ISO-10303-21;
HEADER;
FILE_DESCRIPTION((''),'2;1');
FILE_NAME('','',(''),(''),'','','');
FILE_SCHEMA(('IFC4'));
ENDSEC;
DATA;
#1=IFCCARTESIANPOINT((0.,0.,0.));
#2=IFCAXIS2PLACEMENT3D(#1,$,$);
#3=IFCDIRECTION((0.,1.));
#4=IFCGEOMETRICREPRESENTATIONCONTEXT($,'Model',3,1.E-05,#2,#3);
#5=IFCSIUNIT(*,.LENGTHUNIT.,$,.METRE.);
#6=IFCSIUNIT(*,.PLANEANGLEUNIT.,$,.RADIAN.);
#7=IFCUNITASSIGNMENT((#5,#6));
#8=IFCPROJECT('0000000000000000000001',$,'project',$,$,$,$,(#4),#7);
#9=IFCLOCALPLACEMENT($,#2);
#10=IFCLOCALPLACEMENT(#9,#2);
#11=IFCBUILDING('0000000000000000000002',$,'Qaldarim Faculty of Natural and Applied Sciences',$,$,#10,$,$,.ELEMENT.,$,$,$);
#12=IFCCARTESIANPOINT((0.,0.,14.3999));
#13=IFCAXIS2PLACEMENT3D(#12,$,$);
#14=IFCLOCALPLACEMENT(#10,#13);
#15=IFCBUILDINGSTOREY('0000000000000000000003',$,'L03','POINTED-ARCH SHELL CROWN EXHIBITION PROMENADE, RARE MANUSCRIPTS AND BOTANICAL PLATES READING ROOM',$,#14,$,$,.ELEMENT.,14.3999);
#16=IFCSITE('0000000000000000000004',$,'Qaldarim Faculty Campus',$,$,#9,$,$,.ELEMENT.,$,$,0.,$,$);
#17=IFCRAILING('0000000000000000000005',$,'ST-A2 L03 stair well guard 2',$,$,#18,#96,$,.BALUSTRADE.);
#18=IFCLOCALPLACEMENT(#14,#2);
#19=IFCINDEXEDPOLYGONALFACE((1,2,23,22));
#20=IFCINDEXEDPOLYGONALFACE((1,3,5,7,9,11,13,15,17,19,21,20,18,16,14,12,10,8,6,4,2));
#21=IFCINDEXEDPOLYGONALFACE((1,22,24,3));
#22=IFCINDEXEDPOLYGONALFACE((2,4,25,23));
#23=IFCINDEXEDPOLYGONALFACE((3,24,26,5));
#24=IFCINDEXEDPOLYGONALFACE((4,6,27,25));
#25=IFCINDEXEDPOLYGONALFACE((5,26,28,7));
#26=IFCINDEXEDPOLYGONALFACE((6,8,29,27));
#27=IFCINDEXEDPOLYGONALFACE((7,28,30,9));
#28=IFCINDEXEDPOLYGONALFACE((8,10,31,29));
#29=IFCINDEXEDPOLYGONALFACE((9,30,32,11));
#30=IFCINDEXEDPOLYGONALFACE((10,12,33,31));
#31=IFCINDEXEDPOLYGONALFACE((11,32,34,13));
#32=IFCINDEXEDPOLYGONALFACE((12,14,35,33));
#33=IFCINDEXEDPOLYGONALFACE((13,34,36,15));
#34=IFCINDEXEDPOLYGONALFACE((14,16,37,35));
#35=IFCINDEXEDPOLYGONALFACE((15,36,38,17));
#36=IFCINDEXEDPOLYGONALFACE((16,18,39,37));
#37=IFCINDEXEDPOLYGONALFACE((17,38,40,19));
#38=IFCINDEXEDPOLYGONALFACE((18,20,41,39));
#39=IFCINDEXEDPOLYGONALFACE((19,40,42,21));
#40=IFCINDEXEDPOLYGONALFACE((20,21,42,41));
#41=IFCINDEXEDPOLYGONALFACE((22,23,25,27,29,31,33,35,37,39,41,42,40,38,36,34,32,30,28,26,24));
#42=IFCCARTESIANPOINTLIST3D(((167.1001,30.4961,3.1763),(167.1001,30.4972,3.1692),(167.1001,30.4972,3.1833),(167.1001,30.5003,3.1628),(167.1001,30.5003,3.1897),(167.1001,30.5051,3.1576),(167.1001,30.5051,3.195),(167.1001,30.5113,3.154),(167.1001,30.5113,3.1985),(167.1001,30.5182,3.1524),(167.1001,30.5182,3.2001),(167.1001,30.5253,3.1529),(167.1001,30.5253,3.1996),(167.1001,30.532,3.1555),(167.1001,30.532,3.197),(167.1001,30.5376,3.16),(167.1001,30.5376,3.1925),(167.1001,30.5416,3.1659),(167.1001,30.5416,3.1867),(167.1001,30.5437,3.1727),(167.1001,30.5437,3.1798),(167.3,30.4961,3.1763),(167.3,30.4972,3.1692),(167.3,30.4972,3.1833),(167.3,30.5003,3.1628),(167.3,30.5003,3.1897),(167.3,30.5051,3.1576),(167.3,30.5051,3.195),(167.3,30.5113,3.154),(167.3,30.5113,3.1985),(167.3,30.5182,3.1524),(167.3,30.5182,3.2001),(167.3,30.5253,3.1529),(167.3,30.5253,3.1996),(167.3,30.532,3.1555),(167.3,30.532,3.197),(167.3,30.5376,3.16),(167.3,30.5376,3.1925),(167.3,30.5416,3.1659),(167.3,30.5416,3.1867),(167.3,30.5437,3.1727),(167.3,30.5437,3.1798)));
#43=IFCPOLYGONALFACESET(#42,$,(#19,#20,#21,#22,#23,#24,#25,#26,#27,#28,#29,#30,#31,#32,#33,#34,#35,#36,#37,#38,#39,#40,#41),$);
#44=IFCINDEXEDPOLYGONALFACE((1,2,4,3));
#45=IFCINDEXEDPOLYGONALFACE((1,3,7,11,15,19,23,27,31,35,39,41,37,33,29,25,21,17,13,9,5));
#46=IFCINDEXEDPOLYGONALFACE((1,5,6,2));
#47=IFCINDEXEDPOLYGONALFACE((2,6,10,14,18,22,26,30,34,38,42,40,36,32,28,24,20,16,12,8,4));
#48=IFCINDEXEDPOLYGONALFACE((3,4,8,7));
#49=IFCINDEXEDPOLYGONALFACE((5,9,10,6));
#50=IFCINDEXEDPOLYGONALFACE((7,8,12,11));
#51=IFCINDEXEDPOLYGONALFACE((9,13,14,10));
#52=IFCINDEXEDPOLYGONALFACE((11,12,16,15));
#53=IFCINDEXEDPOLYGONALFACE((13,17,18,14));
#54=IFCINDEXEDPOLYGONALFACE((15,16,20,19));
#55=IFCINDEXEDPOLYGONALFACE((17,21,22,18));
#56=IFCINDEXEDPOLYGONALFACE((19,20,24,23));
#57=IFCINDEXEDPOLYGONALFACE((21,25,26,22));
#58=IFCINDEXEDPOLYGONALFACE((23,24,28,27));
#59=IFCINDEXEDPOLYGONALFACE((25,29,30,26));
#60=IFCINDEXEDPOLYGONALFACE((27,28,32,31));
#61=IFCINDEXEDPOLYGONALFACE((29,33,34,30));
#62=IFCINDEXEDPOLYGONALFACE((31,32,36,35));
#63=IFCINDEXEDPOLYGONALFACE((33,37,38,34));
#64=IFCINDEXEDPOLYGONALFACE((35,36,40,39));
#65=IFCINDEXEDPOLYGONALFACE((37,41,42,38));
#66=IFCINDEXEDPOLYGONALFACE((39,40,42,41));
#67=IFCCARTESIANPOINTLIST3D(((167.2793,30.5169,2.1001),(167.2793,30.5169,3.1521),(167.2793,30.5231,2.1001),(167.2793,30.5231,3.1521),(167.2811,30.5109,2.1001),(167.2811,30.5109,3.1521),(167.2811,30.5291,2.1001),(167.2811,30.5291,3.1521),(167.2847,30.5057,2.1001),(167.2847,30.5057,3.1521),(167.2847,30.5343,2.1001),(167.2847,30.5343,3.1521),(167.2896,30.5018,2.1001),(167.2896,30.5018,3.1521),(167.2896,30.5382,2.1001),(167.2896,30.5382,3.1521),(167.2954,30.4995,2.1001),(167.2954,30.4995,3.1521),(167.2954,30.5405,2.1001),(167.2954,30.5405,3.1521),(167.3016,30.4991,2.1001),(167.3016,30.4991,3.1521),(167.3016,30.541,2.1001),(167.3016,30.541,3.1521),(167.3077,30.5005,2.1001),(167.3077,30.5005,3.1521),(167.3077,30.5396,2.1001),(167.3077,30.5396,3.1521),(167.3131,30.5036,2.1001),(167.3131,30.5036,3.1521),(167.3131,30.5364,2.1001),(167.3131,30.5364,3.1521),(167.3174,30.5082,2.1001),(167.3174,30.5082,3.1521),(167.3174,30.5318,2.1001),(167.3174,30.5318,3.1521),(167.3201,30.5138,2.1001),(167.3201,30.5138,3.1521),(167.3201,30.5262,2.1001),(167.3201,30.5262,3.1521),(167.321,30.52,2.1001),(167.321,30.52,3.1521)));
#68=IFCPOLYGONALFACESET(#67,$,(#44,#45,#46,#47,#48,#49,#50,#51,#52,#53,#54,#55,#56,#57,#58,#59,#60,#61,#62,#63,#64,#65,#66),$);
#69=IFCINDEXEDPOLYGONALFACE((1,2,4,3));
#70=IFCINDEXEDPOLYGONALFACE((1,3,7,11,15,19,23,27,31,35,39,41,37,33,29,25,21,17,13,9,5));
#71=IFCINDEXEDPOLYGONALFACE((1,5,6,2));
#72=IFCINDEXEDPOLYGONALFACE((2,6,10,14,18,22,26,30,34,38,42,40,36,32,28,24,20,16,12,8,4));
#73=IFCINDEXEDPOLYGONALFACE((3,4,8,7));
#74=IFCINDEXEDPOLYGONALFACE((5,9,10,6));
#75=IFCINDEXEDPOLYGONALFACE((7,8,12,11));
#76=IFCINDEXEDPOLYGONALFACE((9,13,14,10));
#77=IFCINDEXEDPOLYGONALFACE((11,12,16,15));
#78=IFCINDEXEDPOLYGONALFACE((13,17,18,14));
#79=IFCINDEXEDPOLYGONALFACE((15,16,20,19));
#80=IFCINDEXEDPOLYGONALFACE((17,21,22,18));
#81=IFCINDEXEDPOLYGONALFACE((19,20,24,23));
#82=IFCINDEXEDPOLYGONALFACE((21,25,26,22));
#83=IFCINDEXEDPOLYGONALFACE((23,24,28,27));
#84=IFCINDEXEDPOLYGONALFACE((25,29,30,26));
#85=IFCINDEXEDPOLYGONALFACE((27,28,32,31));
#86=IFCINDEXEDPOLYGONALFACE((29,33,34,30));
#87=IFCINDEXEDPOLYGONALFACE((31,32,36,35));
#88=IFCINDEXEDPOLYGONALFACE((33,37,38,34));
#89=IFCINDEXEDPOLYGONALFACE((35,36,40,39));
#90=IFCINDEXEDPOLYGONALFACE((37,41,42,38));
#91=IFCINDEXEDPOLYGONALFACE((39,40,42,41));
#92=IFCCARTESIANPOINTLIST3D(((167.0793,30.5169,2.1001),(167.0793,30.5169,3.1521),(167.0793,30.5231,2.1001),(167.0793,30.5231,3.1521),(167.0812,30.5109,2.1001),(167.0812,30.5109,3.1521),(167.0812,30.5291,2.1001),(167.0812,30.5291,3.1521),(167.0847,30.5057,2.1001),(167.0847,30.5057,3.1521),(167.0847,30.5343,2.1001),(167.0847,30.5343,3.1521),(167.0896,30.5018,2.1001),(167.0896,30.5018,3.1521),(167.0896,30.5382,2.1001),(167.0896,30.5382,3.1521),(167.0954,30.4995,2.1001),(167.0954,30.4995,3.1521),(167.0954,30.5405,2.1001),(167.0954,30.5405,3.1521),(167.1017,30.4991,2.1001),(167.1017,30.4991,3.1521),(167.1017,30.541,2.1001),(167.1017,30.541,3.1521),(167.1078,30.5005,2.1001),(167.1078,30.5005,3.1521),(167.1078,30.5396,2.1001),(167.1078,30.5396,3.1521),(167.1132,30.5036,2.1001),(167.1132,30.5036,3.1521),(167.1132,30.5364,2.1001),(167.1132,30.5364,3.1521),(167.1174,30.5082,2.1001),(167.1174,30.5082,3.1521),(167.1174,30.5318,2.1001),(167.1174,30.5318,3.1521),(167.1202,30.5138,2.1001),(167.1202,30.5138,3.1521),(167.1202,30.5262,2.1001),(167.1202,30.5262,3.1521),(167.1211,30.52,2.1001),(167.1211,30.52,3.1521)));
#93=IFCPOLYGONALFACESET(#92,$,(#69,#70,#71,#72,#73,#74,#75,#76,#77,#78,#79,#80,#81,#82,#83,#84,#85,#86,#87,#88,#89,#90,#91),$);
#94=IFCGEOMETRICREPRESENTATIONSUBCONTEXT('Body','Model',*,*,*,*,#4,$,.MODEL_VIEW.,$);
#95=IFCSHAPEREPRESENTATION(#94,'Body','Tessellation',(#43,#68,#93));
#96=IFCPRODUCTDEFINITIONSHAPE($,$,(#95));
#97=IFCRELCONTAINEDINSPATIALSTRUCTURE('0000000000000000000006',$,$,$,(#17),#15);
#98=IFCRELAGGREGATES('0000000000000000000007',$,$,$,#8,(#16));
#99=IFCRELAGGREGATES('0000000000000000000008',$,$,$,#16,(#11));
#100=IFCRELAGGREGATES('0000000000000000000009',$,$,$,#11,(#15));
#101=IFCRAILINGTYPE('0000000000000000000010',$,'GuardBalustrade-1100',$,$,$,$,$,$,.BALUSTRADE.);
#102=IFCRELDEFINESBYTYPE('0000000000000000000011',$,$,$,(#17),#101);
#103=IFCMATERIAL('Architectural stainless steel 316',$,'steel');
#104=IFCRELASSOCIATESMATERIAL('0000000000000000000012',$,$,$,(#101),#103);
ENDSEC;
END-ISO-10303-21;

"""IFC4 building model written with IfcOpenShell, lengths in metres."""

from ifc_helpers import new_model, si_unit, direction, frame, origin, origin_2d, place, context, subcontext, project, spatial, circle, extrude, material, type_object, element, save


model = new_model("IFC4")

# Units and contexts
model_context = context("Model", 3, precision=1e-05, world=origin(), true_north=direction((0.0, 1.0)))
body_context = subcontext(model_context, "Body", "Model", "MODEL_VIEW")
ifc_project = project(units=[si_unit("LENGTHUNIT", "METRE"), si_unit("PLANEANGLEUNIT", "RADIAN")], contexts=[model_context])

# Site, building, storey
site_placement = place(None, origin())
site = spatial("IfcSite", under=ifc_project, at=site_placement, Name="Qaldarim Faculty Campus", CompositionType="ELEMENT", RefElevation=0.0)
building_placement = place(site_placement, origin())
building = spatial("IfcBuilding", under=site, at=building_placement, Name="Qaldarim Faculty of Natural and Applied Sciences", CompositionType="ELEMENT")
storey_placement = place(building_placement, frame((0.0, 0.0, 14.3999)))
storey = spatial("IfcBuildingStorey", under=building, at=storey_placement, Name="L03", Description="POINTED-ARCH SHELL CROWN EXHIBITION PROMENADE, RARE MANUSCRIPTS AND BOTANICAL PLATES READING ROOM", CompositionType="ELEMENT", Elevation=14.3999)

# Shared definitions
ifc_material_1 = material(Name="Architectural stainless steel 316", Category="steel")

# Railing
railing_type_1 = type_object("IfcRailingType", Name="GuardBalustrade-1100", PredefinedType="BALUSTRADE", material=ifc_material_1)
railing_1_placement = place(storey_placement, frame((167.3, 30.52, 2.1001)))
element("IfcRailing", 1, at=railing_1_placement, inside=storey, type_object=railing_type_1, Name="ST-A2 L03 stair well guard 2", PredefinedType="BALUSTRADE", context=body_context, shape_type="SweptSolid", body=[
    extrude(circle(Radius=0.0239, at=origin_2d()), frame((0.0, 0.0, 1.0762), z_axis=(-1.0, 0.0, 0.0), x_axis=(0.0, -1.0, 0.0)), (0.0, 0.0, 1.0), 0.2),
    extrude(circle(Radius=0.021, at=origin_2d()), origin(), (0.0, 0.0, 1.0), 1.052),
    extrude(circle(Radius=0.021, at=origin_2d()), frame((-0.2, 0.0, 0.0)), (0.0, 0.0, 1.0), 1.052),
])

save(model, "model.ifc")
